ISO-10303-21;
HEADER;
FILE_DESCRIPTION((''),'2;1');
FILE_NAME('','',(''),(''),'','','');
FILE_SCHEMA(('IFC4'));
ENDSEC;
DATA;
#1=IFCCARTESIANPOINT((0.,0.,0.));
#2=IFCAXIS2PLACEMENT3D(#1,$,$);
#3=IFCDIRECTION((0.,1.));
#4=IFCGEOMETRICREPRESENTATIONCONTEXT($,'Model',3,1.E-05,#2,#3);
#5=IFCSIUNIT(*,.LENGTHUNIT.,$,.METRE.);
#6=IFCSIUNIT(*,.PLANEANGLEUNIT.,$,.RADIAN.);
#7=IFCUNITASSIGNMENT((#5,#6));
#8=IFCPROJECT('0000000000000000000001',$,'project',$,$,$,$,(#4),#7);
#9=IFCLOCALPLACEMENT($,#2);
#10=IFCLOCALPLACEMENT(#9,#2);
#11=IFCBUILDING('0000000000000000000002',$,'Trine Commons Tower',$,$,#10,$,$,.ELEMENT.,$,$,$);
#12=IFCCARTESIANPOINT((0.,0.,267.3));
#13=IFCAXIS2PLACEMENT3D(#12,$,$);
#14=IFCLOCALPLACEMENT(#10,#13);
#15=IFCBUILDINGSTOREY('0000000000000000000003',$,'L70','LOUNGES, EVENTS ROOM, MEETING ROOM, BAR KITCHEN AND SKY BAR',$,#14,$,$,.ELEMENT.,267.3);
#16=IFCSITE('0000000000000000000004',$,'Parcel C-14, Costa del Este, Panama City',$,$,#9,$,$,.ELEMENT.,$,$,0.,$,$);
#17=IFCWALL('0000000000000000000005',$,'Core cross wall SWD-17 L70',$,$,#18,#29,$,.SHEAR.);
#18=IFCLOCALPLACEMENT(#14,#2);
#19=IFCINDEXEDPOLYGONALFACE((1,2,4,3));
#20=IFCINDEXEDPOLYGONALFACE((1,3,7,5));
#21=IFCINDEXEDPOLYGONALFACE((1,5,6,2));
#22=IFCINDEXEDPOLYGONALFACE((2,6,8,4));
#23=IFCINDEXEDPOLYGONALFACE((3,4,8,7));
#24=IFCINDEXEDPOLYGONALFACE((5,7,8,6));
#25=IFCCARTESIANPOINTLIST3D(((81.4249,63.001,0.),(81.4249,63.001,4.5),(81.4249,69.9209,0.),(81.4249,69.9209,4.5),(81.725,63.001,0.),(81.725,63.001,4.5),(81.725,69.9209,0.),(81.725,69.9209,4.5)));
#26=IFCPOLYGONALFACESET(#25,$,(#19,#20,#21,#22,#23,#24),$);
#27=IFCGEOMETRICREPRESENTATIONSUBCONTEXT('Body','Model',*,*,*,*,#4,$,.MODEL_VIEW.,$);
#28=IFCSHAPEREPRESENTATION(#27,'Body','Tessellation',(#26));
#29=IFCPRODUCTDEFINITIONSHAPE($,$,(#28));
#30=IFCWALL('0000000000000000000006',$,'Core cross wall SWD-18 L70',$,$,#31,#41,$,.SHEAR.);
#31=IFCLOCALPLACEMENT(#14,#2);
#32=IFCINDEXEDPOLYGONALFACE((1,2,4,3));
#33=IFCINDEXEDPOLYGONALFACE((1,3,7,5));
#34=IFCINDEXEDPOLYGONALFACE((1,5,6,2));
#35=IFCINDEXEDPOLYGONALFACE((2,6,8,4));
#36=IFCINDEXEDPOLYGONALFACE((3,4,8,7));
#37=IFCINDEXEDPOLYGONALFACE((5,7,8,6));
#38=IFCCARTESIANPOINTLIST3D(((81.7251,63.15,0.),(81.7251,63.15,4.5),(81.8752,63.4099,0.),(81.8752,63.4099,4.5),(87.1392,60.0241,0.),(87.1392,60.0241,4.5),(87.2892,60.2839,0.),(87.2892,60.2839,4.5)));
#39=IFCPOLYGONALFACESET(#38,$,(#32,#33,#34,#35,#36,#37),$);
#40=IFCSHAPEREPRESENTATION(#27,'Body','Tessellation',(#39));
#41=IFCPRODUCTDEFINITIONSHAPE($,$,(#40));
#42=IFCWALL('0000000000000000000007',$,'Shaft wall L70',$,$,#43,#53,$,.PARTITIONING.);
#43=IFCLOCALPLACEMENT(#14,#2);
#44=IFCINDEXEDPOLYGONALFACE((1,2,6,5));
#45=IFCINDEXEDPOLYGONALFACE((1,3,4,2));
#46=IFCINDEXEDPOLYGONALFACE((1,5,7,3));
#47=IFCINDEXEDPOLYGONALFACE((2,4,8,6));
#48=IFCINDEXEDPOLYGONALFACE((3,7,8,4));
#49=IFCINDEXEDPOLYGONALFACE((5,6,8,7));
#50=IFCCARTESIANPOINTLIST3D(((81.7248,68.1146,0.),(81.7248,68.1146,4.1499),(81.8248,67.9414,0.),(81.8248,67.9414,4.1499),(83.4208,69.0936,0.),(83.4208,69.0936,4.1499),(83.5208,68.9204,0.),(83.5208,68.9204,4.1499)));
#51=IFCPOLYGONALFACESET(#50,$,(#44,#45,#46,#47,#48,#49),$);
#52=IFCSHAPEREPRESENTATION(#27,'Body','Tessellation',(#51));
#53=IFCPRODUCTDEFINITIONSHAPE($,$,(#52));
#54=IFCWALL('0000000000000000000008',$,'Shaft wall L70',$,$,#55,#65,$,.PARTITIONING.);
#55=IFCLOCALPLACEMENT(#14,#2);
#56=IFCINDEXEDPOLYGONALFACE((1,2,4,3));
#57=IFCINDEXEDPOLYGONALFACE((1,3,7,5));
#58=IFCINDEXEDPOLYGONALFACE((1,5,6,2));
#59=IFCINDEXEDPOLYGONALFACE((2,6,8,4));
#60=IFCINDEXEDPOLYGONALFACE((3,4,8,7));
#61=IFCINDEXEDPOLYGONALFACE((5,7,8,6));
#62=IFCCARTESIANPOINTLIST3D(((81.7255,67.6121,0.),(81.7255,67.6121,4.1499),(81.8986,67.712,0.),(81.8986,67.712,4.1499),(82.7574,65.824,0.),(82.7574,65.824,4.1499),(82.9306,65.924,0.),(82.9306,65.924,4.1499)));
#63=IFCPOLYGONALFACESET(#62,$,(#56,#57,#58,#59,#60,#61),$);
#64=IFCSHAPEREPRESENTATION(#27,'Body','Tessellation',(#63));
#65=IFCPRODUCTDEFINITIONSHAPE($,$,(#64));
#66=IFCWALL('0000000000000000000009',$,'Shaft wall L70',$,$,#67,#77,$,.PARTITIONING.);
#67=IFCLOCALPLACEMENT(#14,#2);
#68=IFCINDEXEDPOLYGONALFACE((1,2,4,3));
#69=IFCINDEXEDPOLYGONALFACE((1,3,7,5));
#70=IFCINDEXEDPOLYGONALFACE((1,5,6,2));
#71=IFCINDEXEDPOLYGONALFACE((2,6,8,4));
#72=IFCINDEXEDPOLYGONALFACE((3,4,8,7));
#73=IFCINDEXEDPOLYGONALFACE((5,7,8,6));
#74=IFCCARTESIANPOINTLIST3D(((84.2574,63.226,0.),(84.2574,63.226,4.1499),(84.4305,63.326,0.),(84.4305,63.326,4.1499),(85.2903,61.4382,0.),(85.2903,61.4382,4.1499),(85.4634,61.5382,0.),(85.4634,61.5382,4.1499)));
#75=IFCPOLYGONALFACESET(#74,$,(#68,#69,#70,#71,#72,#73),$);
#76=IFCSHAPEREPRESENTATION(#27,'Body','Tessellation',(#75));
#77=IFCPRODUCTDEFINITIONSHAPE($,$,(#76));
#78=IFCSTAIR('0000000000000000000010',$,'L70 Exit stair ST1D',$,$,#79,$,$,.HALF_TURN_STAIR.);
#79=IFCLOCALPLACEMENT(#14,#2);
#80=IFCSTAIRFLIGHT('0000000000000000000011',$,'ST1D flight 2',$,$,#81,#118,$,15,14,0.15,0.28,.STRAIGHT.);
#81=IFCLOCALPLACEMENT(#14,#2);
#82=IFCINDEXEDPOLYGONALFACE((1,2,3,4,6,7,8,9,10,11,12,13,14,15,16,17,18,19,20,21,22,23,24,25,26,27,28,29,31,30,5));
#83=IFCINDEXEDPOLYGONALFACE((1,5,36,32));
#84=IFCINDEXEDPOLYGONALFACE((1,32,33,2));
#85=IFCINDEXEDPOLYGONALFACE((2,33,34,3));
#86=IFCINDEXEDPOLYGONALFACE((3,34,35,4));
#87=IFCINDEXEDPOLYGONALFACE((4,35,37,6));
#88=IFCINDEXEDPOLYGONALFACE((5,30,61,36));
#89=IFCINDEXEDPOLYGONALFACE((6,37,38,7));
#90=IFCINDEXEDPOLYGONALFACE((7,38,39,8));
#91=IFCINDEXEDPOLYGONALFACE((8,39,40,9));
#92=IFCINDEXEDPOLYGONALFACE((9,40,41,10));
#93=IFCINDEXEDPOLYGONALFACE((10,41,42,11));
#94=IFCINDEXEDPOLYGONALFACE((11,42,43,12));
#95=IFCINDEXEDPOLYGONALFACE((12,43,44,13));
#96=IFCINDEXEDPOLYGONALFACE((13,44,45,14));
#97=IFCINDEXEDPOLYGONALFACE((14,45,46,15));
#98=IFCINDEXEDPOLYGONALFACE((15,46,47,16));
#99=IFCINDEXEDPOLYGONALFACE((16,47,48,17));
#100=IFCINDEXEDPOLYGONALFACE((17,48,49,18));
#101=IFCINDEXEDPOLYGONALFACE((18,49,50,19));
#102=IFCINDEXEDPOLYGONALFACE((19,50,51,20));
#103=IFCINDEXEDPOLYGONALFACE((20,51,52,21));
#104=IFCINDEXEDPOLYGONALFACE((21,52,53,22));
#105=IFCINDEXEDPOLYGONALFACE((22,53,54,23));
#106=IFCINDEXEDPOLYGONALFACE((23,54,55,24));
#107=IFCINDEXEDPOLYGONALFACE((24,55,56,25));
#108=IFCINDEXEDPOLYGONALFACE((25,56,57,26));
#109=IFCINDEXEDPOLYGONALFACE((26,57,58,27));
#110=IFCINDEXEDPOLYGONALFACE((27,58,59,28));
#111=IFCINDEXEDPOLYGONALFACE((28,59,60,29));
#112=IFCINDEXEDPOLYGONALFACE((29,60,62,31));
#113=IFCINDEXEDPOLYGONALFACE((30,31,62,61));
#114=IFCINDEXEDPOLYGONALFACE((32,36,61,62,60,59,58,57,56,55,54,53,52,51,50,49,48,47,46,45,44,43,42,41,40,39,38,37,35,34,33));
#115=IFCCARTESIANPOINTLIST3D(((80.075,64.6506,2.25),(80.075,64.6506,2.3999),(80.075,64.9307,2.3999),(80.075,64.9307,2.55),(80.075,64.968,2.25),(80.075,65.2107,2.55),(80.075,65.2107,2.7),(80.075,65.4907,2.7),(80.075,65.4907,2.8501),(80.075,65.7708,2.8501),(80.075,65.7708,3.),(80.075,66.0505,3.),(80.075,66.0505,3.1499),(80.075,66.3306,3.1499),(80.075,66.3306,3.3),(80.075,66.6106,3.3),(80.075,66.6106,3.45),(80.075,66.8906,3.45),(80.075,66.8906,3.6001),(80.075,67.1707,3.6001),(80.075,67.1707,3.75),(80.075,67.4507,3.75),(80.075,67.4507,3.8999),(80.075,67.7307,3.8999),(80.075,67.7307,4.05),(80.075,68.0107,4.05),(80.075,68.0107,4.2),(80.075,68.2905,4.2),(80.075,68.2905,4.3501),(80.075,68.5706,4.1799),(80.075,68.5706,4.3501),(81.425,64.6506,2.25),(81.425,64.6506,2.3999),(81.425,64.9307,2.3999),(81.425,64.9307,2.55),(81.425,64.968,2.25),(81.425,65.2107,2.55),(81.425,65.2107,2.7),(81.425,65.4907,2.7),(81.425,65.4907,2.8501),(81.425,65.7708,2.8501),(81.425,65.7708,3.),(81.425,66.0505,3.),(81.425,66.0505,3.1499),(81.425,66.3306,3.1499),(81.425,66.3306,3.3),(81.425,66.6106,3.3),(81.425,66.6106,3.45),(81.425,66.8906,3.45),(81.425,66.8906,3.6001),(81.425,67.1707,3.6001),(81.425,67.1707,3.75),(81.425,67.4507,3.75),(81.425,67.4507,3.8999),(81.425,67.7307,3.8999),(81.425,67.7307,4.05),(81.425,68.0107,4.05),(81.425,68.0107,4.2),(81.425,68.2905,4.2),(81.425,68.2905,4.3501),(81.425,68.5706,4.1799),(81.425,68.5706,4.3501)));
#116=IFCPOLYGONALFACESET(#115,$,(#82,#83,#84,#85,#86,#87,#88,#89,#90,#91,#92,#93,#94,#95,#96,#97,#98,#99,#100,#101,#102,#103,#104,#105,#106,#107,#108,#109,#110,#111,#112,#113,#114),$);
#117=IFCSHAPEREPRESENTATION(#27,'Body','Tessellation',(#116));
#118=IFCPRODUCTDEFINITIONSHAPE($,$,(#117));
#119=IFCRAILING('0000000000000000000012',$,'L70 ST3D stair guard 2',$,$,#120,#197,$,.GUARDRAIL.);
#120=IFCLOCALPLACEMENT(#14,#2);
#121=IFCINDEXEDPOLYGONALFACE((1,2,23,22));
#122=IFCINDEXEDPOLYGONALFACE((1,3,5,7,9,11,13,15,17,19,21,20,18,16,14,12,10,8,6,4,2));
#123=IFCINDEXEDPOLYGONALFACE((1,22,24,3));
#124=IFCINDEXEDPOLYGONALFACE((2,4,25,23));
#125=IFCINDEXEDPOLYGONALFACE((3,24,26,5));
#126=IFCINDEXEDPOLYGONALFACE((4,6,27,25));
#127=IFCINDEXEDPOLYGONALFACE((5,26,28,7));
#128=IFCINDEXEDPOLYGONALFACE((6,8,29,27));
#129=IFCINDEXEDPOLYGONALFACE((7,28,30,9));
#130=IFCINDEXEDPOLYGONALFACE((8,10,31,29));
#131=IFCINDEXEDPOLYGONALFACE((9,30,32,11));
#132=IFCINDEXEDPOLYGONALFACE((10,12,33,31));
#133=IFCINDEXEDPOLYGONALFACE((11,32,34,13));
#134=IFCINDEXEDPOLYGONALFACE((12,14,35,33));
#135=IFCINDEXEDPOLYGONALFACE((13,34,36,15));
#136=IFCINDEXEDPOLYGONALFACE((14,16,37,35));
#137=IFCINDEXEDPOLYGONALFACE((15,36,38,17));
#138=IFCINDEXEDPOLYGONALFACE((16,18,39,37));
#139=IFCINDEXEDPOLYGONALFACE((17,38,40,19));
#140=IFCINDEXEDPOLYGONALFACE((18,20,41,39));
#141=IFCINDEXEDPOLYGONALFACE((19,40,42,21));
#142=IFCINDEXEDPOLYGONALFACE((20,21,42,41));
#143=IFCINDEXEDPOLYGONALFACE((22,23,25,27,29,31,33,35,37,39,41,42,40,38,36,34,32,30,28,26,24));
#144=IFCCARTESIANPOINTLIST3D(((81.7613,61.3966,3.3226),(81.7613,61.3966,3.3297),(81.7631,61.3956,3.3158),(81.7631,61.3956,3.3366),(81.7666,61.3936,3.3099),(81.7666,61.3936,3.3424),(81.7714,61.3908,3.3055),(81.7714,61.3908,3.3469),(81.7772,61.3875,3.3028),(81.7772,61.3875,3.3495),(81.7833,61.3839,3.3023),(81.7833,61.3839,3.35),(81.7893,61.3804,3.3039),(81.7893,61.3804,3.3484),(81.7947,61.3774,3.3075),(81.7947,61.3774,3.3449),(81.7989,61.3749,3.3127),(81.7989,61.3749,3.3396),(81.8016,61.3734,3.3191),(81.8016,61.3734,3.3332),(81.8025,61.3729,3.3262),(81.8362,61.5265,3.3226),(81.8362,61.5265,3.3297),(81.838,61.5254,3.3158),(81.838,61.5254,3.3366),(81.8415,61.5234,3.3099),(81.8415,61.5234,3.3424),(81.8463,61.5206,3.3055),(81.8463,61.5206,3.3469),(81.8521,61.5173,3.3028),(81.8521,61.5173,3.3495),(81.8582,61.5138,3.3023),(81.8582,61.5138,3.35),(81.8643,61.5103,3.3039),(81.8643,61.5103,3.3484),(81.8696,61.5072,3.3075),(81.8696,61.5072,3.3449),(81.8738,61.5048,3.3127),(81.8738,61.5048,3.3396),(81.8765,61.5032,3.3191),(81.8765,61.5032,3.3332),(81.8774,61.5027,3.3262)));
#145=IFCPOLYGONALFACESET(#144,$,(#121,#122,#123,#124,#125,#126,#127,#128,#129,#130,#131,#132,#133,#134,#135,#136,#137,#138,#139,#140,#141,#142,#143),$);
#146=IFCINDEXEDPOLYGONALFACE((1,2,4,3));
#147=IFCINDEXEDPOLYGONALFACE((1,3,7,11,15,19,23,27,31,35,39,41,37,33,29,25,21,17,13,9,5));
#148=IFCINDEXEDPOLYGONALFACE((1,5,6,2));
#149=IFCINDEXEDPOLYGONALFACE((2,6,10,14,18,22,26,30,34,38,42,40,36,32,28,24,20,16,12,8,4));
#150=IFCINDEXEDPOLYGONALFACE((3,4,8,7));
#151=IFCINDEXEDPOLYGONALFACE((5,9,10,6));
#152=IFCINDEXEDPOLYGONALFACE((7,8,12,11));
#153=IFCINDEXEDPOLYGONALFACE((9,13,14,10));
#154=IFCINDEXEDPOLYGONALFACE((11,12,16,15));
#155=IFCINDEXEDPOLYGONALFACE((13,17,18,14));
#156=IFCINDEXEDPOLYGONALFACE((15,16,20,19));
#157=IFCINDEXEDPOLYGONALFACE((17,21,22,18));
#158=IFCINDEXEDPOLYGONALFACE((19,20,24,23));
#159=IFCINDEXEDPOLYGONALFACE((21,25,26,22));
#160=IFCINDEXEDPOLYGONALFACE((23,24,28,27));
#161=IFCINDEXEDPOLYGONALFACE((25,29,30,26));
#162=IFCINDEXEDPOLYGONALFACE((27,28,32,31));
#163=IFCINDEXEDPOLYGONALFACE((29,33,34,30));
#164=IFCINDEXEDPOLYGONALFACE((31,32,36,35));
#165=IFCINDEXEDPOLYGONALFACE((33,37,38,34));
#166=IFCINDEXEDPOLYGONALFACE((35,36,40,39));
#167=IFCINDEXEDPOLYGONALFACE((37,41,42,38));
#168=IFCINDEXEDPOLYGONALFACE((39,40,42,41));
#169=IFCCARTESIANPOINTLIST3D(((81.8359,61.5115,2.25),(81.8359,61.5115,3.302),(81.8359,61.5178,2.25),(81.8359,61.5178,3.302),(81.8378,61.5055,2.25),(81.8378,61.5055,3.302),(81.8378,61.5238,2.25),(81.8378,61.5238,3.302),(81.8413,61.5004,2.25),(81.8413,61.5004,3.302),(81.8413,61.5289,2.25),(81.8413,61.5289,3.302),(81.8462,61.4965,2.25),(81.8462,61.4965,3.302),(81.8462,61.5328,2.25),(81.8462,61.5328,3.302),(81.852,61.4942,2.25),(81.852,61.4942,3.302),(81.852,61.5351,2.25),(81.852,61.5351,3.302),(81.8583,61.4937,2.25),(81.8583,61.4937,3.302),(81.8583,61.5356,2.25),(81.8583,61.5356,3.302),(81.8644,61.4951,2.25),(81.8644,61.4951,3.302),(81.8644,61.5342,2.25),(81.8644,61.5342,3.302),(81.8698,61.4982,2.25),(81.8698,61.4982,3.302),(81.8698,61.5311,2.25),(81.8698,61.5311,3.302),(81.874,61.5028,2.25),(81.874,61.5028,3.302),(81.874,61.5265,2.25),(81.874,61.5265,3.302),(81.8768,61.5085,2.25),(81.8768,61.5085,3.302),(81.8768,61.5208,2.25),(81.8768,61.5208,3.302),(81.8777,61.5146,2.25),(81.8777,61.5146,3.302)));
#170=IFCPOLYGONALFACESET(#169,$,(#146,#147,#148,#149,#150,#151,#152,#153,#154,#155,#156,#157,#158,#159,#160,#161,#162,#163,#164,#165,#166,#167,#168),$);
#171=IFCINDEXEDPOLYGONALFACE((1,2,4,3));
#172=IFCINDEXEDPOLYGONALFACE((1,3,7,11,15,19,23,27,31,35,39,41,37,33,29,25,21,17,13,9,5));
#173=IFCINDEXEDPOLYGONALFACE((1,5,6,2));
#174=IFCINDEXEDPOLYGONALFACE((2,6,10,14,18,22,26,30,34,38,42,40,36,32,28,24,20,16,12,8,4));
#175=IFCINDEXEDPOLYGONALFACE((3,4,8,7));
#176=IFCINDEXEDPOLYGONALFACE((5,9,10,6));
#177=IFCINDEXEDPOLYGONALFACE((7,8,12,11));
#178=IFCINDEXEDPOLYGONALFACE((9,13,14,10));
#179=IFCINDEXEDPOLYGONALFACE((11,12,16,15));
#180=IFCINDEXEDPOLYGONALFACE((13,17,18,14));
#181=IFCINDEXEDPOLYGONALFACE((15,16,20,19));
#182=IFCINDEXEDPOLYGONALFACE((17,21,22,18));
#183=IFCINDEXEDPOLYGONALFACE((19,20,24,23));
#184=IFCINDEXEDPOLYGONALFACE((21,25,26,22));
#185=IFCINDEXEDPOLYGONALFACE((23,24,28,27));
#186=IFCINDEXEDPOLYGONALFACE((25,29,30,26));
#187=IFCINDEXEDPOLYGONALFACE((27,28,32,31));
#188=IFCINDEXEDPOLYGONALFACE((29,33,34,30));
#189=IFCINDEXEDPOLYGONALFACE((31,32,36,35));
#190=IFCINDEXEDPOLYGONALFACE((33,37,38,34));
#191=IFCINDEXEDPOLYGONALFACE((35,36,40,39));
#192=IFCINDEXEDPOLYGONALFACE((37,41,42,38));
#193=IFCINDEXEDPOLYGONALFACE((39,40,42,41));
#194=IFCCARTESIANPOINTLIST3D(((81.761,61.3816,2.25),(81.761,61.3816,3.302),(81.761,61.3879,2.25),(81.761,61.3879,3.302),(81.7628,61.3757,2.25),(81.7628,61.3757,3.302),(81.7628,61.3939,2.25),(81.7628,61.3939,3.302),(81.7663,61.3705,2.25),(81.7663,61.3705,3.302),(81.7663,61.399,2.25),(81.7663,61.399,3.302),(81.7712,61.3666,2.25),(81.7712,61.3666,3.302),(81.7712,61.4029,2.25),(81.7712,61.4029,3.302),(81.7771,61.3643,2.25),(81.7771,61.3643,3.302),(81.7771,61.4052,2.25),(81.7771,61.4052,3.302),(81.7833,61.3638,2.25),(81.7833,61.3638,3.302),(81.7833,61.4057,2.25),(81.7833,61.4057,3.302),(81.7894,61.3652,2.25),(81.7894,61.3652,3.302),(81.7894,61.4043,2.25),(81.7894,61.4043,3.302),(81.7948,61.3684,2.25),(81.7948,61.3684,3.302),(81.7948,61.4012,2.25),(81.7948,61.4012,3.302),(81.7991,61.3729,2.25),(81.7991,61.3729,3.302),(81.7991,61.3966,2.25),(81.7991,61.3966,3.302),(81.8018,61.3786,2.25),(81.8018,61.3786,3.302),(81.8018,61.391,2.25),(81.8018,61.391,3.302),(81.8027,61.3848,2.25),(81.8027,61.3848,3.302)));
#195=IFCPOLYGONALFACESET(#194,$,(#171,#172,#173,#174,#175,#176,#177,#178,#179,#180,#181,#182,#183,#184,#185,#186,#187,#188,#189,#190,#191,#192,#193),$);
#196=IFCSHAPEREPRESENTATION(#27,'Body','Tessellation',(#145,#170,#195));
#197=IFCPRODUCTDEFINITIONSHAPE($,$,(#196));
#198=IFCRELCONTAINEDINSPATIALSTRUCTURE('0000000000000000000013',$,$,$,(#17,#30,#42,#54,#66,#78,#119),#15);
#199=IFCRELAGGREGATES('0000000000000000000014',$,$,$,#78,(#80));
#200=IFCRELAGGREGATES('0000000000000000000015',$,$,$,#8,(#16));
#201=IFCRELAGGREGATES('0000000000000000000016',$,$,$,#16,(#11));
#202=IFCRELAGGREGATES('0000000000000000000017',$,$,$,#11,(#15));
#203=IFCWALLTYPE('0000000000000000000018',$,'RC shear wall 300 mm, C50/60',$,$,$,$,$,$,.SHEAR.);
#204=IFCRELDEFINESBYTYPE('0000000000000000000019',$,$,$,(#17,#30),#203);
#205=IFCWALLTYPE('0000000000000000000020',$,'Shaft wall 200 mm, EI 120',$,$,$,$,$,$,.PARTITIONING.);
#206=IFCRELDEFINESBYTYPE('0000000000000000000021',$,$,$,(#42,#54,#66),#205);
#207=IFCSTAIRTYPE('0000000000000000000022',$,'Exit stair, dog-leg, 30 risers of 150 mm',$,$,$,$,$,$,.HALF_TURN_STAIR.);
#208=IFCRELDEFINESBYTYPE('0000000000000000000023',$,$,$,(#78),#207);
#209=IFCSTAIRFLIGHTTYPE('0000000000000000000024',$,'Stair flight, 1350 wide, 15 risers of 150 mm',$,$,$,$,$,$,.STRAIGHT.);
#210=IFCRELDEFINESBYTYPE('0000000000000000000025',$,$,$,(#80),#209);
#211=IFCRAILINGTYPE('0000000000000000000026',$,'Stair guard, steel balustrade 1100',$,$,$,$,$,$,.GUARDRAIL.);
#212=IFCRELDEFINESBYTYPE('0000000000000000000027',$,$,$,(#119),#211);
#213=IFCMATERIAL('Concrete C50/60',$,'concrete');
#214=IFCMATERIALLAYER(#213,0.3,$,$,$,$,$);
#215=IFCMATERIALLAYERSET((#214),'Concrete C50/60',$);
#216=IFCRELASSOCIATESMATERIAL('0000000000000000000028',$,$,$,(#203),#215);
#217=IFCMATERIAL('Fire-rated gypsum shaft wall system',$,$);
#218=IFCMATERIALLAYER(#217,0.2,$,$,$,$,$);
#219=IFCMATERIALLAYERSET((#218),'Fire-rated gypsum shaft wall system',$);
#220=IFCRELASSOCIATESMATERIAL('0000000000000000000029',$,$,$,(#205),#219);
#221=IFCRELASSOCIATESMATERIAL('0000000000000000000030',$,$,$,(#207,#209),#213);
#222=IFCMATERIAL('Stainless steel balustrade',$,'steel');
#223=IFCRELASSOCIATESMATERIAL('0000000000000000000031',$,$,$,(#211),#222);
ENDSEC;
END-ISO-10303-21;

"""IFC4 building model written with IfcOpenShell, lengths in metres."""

from ifc_helpers import new_model, si_unit, direction, frame, frame_2d, origin, origin_2d, place, context, subcontext, project, spatial, polyline, rectangle, circle, outline, extrude, material, layer, layer_set, type_object, element, aggregate, save


model = new_model("IFC4")

# Units and contexts
model_context = context("Model", 3, precision=1e-05, world=origin(), true_north=direction((0.0, 1.0)))
body_context = subcontext(model_context, "Body", "Model", "MODEL_VIEW")
ifc_project = project(units=[si_unit("LENGTHUNIT", "METRE"), si_unit("PLANEANGLEUNIT", "RADIAN")], contexts=[model_context])

# Site, building, storey
site_placement = place(None, origin())
site = spatial("IfcSite", under=ifc_project, at=site_placement, Name="Parcel C-14, Costa del Este, Panama City", CompositionType="ELEMENT", RefElevation=0.0)
building_placement = place(site_placement, origin())
building = spatial("IfcBuilding", under=site, at=building_placement, Name="Trine Commons Tower", CompositionType="ELEMENT")
storey_placement = place(building_placement, frame((0.0, 0.0, 267.3)))
storey = spatial("IfcBuildingStorey", under=building, at=storey_placement, Name="L70", Description="LOUNGES, EVENTS ROOM, MEETING ROOM, BAR KITCHEN AND SKY BAR", CompositionType="ELEMENT", Elevation=267.3)

# Shared definitions
ifc_material_1 = material(Name="Fire-rated gypsum shaft wall system")
ifc_material_2 = material(Name="Concrete C50/60", Category="concrete")
ifc_layer_1 = layer(ifc_material_2, 0.3)
ifc_layer_set_1 = layer_set([ifc_layer_1], Name="Concrete C50/60")
wall_type_1 = type_object("IfcWallType", Name="RC shear wall 300 mm, C50/60", PredefinedType="SHEAR", material=ifc_layer_set_1)

# Walls
wall_1_placement = place(storey_placement, frame((81.575, 63.001, 0.0), z_axis=(0.0, 0.0, 1.0), x_axis=(0.0, 1.0, 0.0)))
element("IfcWall", 1, at=wall_1_placement, inside=storey, type_object=wall_type_1, Name="Core cross wall SWD-17 L70", PredefinedType="SHEAR", context=body_context, shape_type="SweptSolid", body=[
    extrude(rectangle(XDim=6.9199, YDim=0.3, at=frame_2d((3.46, 0.0))), origin(), (0.0, 0.0, 1.0), 4.5),
])
wall_2_placement = place(storey_placement, frame((81.8, 63.28, 0.0), z_axis=(0.0, 0.0, 1.0), x_axis=(0.866014, -0.50002, 0.0)))
element("IfcWall", 2, at=wall_2_placement, inside=storey, type_object=wall_type_1, Name="Core cross wall SWD-18 L70", PredefinedType="SHEAR", context=body_context, shape_type="SweptSolid", body=[
    extrude(rectangle(XDim=6.2517, YDim=0.3, at=frame_2d((3.126, 0.0))), origin(), (0.0, 0.0, 1.0), 4.5),
])
ifc_layer_2 = layer(ifc_material_1, 0.2)
ifc_layer_set_2 = layer_set([ifc_layer_2], Name="Fire-rated gypsum shaft wall system")
wall_type_2 = type_object("IfcWallType", Name="Shaft wall 200 mm, EI 120", PredefinedType="PARTITIONING", material=ifc_layer_set_2)
wall_3_placement = place(storey_placement, frame((81.7749, 68.0281, 0.0), z_axis=(0.0, 0.0, 1.0), x_axis=(0.866071, 0.49992, 0.0)))
element("IfcWall", 3, at=wall_3_placement, inside=storey, type_object=wall_type_2, Name="Shaft wall L70", PredefinedType="PARTITIONING", context=body_context, shape_type="SweptSolid", body=[
    extrude(rectangle(XDim=1.9583, YDim=0.2, at=frame_2d((0.979, 0.0))), origin(), (0.0, 0.0, 1.0), 4.1499),
])
wall_4_placement = place(storey_placement, frame((82.844, 65.874, 0.0), z_axis=(0.0, 0.0, 1.0), x_axis=(-0.499866, 0.866103, 0.0)))
element("IfcWall", 4, at=wall_4_placement, inside=storey, type_object=wall_type_2, Name="Shaft wall L70", PredefinedType="PARTITIONING", context=body_context, shape_type="SweptSolid", body=[
    extrude(rectangle(XDim=2.0645, YDim=0.2, at=frame_2d((1.0322, 0.0))), origin(), (0.0, 0.0, 1.0), 4.1499),
])
wall_5_placement = place(storey_placement, frame((84.344, 63.2759, 0.0), z_axis=(0.0, 0.0, 1.0), x_axis=(0.500272, -0.865868, 0.0)))
element("IfcWall", 5, at=wall_5_placement, inside=storey, type_object=wall_type_2, Name="Shaft wall L70", PredefinedType="PARTITIONING", context=body_context, shape_type="SweptSolid", body=[
    extrude(rectangle(XDim=2.0647, YDim=0.2, at=frame_2d((1.0322, 0.0))), origin(), (0.0, 0.0, 1.0), 4.1499),
])

# Stair, stair flight
stair_type = type_object("IfcStairType", Name="Exit stair, dog-leg, 30 risers of 150 mm", PredefinedType="HALF_TURN_STAIR", material=ifc_material_2)
stair_placement = place(storey_placement, origin())
stair = element("IfcStair", 6, at=stair_placement, inside=storey, type_object=stair_type, Name="L70 Exit stair ST1D", PredefinedType="HALF_TURN_STAIR")
stair_flight_type = type_object("IfcStairFlightType", Name="Stair flight, 1350 wide, 15 risers of 150 mm", PredefinedType="STRAIGHT", material=ifc_material_2)
stair_flight_placement = place(storey_placement, frame((80.75, 64.6506, 2.25), z_axis=(0.0, 0.0, 1.0), x_axis=(0.0, 1.0, 0.0)))
stair_flight = element("IfcStairFlight", 7, at=stair_flight_placement, type_object=stair_flight_type, Name="ST1D flight 2", NumberOfRisers=15, NumberOfTreads=14, PredefinedType="STRAIGHT", RiserHeight=0.15, TreadLength=0.28, context=body_context, shape_type="SweptSolid", body=[
    extrude(outline(polyline([(0.0, 0.0), (0.0, 0.1499), (0.28, 0.1499), (0.28, 0.3), (0.5601, 0.3), (0.5601, 0.45), (0.8401, 0.45), (0.8401, 0.6001), (1.1201, 0.6001), (1.1201, 0.75), (1.3999, 0.75), (1.3999, 0.8999), (1.6799, 0.8999), (1.6799, 1.05), (1.96, 1.05), (1.96, 1.2), (2.24, 1.2), (2.24, 1.3501), (2.52, 1.3501), (2.52, 1.5), (2.8, 1.5), (2.8, 1.6499), (3.0801, 1.6499), (3.0801, 1.8), (3.3601, 1.8), (3.3601, 1.95), (3.6399, 1.95), (3.6399, 2.1001), (3.9199, 2.1001), (3.9199, 2.25), (3.9199, 1.9299), (0.3174, 0.0), (0.0, 0.0)])), frame((0.0, 0.675, 0.0), z_axis=(0.0, -1.0, 0.0), x_axis=(1.0, 0.0, 0.0)), (0.0, 0.0, 1.0), 1.3501),
])
aggregate(stair, [stair_flight])

# Railing
ifc_material_3 = material(Name="Stainless steel balustrade", Category="steel")
railing_type_1 = type_object("IfcRailingType", Name="Stair guard, steel balustrade 1100", PredefinedType="GUARDRAIL", material=ifc_material_3)
railing_1_placement = place(storey_placement, frame((81.8567, 61.5146, 2.25)))
element("IfcRailing", 8, at=railing_1_placement, inside=storey, type_object=railing_type_1, Name="L70 ST3D stair guard 2", PredefinedType="GUARDRAIL", context=body_context, shape_type="SweptSolid", body=[
    extrude(circle(Radius=0.0239, at=origin_2d()), frame((0.0, 0.0, 1.0762), z_axis=(-0.499816, -0.866131, 0.0), x_axis=(0.866131, -0.499816, 0.0)), (0.0, 0.0, 1.0), 0.1499),
    extrude(circle(Radius=0.021, at=origin_2d()), origin(), (0.0, 0.0, 1.0), 1.052),
    extrude(circle(Radius=0.021, at=origin_2d()), frame((-0.075, -0.1299, 0.0)), (0.0, 0.0, 1.0), 1.052),
])

save(model, "model.ifc")
